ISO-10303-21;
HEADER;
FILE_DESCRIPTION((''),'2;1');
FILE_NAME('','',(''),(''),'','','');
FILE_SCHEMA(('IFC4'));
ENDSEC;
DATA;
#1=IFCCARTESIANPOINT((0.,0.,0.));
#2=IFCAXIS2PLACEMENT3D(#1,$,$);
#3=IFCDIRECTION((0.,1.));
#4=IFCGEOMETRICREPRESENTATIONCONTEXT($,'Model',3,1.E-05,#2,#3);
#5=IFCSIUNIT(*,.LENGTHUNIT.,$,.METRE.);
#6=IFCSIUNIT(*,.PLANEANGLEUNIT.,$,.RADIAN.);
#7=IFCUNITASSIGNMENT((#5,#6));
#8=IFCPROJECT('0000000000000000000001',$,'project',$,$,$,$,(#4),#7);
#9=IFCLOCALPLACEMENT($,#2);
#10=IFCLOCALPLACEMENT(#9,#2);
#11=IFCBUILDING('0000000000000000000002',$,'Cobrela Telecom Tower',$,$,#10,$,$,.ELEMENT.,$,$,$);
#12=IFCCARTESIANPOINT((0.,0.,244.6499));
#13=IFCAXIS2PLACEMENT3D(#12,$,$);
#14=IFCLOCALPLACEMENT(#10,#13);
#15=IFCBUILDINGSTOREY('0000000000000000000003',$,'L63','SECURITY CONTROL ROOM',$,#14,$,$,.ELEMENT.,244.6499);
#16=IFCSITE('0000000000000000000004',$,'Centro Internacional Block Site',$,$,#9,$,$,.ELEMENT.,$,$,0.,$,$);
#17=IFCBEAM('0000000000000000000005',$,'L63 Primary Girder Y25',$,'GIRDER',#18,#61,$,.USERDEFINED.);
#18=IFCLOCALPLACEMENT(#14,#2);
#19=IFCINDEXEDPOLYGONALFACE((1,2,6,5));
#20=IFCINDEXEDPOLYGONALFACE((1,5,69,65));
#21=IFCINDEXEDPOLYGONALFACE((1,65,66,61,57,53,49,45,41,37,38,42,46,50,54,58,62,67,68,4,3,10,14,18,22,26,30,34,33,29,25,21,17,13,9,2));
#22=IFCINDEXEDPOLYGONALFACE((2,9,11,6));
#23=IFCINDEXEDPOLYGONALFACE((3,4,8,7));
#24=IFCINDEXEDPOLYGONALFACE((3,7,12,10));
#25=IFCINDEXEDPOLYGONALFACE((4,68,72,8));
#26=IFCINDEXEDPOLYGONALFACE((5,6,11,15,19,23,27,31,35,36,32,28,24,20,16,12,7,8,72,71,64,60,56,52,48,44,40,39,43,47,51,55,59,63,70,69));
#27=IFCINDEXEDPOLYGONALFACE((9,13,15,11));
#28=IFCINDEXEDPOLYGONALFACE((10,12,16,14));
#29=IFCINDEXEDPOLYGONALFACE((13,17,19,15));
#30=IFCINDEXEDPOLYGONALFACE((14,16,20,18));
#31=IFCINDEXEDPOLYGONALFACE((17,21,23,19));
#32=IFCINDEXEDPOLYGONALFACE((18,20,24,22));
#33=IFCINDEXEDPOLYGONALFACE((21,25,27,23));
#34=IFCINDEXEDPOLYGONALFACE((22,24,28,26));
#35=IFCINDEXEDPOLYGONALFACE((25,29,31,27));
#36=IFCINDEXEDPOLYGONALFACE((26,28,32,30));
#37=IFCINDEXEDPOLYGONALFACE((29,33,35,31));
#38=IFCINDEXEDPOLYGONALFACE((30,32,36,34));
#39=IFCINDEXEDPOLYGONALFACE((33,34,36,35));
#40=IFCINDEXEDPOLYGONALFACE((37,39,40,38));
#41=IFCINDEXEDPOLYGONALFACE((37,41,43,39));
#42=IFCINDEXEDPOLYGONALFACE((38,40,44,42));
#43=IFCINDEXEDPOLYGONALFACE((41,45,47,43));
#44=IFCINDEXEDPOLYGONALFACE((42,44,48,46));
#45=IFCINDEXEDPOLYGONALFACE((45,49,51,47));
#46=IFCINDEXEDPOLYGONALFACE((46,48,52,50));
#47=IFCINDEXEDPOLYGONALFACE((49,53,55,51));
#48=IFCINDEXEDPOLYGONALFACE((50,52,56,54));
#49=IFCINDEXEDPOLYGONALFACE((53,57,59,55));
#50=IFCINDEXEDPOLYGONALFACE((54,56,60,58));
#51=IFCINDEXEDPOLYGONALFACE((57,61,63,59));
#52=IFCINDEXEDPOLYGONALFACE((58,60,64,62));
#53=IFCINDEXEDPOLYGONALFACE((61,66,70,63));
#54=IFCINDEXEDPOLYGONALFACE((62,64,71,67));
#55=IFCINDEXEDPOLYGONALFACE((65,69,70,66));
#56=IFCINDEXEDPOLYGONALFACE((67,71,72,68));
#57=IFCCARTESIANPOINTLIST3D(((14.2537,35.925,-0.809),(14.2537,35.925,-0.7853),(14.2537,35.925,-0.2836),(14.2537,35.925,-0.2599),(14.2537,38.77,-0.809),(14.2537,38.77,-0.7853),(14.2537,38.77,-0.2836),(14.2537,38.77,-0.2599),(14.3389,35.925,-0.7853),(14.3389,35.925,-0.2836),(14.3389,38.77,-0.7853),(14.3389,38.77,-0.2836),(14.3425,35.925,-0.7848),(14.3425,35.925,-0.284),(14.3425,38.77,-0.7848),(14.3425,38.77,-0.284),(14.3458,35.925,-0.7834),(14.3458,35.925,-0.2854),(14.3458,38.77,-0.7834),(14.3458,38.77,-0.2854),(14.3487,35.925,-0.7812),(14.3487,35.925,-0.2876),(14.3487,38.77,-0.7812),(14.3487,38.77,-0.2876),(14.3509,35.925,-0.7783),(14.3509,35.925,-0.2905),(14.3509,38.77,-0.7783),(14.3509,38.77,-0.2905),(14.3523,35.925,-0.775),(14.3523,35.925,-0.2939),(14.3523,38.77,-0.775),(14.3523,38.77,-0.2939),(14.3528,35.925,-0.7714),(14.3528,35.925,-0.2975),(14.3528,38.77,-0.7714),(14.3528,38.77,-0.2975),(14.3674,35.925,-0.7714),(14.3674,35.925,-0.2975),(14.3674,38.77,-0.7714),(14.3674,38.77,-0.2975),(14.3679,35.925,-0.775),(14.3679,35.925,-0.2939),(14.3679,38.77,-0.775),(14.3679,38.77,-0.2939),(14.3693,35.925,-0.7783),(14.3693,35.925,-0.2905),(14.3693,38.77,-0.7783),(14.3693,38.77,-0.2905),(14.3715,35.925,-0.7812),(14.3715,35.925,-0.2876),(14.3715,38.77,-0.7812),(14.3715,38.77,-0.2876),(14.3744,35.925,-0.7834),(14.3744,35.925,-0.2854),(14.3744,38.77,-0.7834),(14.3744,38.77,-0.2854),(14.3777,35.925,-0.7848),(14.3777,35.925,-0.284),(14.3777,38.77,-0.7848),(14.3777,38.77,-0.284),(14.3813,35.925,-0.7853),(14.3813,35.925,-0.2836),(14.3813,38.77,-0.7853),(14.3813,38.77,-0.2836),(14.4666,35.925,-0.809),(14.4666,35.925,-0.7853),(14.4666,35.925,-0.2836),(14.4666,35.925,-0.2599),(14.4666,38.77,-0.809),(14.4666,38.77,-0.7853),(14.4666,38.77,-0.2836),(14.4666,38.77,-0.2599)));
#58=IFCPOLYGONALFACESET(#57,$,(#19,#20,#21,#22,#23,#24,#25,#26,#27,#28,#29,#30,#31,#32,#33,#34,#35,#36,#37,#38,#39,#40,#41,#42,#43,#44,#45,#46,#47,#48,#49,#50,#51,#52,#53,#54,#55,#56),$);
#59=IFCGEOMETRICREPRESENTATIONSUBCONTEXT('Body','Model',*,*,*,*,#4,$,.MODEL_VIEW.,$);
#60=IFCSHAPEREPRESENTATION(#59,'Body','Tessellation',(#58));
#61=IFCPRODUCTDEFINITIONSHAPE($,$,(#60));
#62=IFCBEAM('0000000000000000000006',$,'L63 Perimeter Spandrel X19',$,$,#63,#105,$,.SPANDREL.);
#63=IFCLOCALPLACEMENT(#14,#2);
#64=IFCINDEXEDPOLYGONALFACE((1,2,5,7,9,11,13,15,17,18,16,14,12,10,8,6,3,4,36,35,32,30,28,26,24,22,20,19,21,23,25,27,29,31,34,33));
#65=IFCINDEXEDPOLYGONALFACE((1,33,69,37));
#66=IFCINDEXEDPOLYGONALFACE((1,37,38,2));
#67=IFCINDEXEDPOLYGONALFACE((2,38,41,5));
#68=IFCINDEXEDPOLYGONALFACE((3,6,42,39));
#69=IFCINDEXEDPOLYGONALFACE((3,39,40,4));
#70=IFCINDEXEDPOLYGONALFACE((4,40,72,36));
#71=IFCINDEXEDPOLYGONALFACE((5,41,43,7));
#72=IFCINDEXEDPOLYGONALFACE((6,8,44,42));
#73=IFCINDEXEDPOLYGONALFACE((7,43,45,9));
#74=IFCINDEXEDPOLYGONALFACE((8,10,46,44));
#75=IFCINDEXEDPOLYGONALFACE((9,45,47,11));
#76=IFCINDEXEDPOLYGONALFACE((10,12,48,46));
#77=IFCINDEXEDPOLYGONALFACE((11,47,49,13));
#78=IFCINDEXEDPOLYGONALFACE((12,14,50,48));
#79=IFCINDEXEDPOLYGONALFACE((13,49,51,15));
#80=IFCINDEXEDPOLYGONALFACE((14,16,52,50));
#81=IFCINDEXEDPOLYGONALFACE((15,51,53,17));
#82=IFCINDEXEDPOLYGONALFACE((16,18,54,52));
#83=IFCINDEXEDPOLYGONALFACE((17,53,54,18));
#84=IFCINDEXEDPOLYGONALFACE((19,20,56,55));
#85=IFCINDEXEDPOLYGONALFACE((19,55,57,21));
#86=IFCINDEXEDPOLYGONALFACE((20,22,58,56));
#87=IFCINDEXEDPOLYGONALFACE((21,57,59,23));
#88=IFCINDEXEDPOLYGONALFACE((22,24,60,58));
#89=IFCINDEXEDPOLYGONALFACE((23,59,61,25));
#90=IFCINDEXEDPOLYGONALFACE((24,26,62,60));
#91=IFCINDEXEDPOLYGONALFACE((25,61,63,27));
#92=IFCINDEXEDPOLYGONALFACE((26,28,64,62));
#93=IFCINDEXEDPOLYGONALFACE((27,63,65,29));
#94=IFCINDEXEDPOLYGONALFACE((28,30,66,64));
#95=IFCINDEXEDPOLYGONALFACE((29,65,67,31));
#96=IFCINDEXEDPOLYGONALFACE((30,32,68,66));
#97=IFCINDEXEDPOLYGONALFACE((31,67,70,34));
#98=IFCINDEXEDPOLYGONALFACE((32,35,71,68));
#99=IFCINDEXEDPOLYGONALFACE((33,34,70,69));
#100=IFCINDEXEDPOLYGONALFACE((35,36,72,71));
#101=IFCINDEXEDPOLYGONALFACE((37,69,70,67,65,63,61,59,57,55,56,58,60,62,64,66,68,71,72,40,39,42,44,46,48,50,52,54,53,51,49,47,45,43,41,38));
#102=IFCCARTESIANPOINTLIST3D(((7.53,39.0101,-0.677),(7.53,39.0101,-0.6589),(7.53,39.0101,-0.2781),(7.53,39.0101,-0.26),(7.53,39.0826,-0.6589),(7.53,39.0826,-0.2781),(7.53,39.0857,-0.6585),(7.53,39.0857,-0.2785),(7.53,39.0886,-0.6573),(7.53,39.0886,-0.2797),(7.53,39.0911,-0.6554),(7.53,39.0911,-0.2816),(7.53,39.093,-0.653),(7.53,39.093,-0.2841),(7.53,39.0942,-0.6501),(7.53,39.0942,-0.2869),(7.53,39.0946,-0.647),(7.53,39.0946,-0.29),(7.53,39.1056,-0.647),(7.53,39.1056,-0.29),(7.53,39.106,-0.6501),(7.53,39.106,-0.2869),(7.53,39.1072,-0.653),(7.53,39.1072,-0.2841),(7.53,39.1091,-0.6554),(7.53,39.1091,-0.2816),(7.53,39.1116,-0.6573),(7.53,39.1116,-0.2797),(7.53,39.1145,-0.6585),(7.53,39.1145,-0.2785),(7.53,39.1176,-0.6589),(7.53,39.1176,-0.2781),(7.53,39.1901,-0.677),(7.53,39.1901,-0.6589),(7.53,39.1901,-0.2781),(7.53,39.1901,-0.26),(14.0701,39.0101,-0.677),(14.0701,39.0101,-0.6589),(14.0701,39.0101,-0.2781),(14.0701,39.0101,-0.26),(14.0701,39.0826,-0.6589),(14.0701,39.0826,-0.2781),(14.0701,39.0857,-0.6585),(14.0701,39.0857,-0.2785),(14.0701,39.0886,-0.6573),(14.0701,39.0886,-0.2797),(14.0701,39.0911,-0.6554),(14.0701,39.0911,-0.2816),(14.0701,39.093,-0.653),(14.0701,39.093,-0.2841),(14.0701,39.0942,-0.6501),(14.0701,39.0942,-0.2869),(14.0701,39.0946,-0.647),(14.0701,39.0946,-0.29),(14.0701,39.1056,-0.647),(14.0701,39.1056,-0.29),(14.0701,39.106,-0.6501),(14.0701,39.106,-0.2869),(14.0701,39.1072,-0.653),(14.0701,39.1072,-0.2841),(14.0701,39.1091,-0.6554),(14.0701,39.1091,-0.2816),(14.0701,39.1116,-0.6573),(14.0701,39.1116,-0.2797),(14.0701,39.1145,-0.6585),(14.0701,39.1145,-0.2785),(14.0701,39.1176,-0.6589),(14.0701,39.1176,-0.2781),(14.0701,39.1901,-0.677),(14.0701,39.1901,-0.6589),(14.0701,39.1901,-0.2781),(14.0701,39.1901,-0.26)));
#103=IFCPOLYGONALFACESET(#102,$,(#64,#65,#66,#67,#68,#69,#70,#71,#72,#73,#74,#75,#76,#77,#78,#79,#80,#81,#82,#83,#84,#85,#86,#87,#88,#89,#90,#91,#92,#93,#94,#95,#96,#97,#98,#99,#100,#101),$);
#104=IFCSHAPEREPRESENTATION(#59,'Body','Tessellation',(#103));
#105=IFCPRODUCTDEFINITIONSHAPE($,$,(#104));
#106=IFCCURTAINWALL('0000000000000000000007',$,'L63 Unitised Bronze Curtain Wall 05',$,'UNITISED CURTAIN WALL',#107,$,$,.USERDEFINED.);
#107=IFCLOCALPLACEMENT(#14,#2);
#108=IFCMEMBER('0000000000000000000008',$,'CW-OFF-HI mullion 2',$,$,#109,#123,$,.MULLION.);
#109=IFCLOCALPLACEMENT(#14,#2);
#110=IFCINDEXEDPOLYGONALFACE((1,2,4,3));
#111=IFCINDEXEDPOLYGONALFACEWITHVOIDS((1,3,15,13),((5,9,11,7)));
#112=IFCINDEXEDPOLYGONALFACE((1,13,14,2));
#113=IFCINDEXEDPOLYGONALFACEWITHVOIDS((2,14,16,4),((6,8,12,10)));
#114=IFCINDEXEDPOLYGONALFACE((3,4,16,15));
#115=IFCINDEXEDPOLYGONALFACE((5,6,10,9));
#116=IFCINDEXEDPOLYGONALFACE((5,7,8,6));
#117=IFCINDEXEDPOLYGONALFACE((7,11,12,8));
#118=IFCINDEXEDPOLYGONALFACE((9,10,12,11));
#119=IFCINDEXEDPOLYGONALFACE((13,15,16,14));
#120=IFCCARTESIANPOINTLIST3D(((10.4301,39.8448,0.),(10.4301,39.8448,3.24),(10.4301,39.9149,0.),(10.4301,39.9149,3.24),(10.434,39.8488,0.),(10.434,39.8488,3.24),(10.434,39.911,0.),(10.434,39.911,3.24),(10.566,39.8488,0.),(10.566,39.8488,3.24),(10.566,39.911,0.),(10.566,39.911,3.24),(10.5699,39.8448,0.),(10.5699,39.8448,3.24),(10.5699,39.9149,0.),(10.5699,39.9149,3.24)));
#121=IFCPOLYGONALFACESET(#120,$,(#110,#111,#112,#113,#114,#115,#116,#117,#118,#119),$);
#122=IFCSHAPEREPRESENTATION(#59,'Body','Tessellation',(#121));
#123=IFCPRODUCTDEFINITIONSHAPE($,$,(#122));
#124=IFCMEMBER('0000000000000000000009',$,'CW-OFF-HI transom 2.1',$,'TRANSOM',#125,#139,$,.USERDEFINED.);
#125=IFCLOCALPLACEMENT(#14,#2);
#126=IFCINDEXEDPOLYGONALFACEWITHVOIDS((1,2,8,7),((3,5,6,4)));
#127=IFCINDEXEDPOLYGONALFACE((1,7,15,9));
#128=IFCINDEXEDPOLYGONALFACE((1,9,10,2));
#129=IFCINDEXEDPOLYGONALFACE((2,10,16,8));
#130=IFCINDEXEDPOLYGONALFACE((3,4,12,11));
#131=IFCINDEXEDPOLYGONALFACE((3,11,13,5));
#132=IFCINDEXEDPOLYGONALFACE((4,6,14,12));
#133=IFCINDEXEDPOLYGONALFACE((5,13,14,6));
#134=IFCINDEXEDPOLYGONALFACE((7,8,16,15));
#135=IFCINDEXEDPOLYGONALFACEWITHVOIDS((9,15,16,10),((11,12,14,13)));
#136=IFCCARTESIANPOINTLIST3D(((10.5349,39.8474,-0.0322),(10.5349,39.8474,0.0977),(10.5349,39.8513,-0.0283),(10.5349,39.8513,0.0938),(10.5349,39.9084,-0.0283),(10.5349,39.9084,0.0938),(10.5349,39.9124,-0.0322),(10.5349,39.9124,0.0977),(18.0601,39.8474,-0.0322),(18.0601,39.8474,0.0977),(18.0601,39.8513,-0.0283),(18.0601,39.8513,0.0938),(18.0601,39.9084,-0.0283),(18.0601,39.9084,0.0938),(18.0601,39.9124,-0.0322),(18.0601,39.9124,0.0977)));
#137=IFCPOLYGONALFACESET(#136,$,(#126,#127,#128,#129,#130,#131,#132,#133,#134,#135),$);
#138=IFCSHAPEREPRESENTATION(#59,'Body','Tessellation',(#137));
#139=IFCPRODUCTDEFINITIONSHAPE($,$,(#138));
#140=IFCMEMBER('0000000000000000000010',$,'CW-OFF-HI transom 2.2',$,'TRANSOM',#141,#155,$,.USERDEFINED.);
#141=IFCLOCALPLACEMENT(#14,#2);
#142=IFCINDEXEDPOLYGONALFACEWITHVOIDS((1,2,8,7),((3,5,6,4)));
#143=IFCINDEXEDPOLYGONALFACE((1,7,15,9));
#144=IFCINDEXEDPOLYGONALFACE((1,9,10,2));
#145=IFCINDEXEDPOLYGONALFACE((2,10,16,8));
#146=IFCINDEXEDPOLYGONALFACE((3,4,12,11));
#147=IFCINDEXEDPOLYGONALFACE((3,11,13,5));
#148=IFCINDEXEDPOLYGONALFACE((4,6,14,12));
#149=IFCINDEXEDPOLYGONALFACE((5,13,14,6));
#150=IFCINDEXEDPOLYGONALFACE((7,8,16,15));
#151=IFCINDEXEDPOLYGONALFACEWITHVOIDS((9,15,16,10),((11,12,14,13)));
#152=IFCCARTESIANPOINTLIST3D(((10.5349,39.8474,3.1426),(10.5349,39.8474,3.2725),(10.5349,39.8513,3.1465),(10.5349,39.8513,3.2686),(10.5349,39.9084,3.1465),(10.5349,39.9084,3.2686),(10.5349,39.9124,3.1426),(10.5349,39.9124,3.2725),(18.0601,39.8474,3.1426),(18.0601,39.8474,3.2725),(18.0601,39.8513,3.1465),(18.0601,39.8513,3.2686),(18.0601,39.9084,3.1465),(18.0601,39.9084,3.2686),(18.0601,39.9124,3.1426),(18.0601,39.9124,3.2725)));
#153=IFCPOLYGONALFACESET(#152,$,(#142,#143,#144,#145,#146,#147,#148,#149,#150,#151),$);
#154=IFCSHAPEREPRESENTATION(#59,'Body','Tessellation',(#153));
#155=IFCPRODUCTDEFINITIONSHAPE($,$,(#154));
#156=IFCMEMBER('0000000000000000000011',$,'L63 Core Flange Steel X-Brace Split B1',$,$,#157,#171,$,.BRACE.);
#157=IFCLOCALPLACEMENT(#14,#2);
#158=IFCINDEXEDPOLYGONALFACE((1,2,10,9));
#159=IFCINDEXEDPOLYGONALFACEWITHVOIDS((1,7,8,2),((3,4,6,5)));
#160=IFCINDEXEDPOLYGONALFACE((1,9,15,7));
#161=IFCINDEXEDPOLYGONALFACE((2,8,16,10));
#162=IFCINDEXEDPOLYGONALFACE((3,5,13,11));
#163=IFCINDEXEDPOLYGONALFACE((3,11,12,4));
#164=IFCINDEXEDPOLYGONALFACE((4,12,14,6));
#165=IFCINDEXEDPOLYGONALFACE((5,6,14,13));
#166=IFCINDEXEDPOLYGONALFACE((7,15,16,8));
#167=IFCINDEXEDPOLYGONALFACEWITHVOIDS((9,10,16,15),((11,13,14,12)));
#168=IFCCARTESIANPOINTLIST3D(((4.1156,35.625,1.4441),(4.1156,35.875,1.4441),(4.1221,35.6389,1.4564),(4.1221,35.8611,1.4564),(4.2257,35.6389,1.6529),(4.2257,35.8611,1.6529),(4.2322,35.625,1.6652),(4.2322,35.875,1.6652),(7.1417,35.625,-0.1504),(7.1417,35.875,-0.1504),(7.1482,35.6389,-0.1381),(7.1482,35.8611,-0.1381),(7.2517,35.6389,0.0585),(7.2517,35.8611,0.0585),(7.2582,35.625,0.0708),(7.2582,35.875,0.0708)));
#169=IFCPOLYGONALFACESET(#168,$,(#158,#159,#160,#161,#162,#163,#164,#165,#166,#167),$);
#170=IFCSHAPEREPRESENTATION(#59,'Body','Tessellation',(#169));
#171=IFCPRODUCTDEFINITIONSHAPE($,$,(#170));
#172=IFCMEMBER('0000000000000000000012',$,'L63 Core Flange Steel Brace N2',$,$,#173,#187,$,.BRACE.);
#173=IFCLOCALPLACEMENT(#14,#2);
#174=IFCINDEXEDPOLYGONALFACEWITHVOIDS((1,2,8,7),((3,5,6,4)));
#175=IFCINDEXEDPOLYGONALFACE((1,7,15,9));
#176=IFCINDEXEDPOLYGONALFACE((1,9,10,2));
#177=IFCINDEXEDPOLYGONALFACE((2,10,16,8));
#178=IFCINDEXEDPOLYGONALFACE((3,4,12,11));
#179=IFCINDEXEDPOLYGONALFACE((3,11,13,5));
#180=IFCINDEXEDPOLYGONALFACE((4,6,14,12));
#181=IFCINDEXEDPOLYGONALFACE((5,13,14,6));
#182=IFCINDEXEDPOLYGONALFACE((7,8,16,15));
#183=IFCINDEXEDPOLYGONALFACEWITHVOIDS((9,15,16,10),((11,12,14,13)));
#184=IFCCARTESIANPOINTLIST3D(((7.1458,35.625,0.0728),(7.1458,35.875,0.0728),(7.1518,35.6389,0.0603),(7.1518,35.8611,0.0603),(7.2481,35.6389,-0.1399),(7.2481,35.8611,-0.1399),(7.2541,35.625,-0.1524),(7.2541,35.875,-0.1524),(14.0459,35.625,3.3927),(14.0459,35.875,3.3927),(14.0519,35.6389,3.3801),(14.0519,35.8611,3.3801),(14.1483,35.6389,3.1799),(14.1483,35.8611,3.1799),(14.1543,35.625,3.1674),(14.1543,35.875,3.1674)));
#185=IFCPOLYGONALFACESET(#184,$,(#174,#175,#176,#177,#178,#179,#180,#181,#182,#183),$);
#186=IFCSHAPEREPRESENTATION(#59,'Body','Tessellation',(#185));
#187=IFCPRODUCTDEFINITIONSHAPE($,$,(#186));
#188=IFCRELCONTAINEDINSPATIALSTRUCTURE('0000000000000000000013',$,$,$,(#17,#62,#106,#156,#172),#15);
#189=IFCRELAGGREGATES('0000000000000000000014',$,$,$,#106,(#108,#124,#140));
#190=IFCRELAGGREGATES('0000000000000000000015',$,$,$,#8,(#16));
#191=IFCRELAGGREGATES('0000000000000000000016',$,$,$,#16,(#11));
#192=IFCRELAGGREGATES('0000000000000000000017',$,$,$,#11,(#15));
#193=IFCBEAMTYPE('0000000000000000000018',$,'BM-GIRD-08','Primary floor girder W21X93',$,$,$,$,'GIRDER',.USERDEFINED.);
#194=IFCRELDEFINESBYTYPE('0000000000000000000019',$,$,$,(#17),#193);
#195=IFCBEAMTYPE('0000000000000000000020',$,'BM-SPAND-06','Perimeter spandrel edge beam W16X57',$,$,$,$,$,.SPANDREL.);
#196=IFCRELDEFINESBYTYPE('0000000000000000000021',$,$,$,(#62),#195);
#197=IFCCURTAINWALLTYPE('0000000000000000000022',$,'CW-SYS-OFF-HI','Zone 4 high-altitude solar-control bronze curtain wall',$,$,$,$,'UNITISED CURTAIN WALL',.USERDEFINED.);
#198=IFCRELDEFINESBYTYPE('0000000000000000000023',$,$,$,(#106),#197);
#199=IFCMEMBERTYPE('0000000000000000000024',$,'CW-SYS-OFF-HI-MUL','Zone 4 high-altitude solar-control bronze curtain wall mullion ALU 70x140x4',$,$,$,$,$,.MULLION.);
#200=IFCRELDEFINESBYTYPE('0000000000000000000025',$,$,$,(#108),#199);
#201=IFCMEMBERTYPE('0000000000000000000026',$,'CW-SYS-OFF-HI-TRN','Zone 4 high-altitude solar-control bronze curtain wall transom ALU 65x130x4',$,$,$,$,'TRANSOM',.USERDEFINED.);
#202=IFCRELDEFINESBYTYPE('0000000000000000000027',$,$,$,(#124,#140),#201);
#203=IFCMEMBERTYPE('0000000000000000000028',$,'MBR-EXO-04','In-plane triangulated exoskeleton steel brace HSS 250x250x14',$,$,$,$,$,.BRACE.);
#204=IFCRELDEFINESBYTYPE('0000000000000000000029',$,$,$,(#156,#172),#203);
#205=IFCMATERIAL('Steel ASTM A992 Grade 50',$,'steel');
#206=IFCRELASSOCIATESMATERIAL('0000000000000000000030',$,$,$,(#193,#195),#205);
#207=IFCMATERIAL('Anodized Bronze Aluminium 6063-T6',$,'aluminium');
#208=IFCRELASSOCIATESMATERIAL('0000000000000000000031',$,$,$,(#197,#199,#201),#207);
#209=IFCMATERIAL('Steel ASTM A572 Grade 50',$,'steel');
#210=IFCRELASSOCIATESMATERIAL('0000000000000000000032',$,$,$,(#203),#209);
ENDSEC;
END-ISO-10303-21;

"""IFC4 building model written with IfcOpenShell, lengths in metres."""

from ifc_helpers import new_model, si_unit, direction, frame, origin, origin_2d, place, context, subcontext, project, spatial, hollow_rectangle, i_section, extrude, material, material_profile, profile_set, type_object, element, aggregate, save


model = new_model("IFC4")

# Units and contexts
model_context = context("Model", 3, precision=1e-05, world=origin(), true_north=direction((0.0, 1.0)))
body_context = subcontext(model_context, "Body", "Model", "MODEL_VIEW")
ifc_project = project(units=[si_unit("LENGTHUNIT", "METRE"), si_unit("PLANEANGLEUNIT", "RADIAN")], contexts=[model_context])

# Site, building, storey
site_placement = place(None, origin())
site = spatial("IfcSite", under=ifc_project, at=site_placement, Name="Centro Internacional Block Site", CompositionType="ELEMENT", RefElevation=0.0)
building_placement = place(site_placement, origin())
building = spatial("IfcBuilding", under=site, at=building_placement, Name="Cobrela Telecom Tower", CompositionType="ELEMENT")
storey_placement = place(building_placement, frame((0.0, 0.0, 244.6499)))
storey = spatial("IfcBuildingStorey", under=building, at=storey_placement, Name="L63", Description="SECURITY CONTROL ROOM", CompositionType="ELEMENT", Elevation=244.6499)

# Shared definitions
ifc_material_1 = material(Name="Steel ASTM A572 Grade 50", Category="steel")

# Beams
ifc_material_2 = material(Name="Steel ASTM A992 Grade 50", Category="steel")
ifc_material_profile_1 = material_profile(ifc_material_2, i_section(OverallWidth=0.2129, OverallDepth=0.5491, WebThickness=0.0146, FlangeThickness=0.0237, FilletRadius=0.0139, at=origin_2d()), Name="W21X93")
ifc_profile_set_1 = profile_set([ifc_material_profile_1], Name="Steel ASTM A992 Grade 50")
beam_type_1 = type_object("IfcBeamType", Name="BM-GIRD-08", Description="Primary floor girder W21X93", ElementType="GIRDER", PredefinedType="USERDEFINED", material=ifc_profile_set_1)
for number, where, z_axis, x_axis, name in (
    (1, (14.3601, 35.925, -0.5344), (0.0, 1.0, 0.0), (-1.0, 0.0, 0.0), "L63 Primary Girder Y25"),
):
    element("IfcBeam", number, at=place(storey_placement, frame(where, z_axis=z_axis, x_axis=x_axis)), inside=storey, type_object=beam_type_1, Name=name, ObjectType="GIRDER", PredefinedType="USERDEFINED", context=body_context, shape_type="SweptSolid", body=[
        extrude(i_section(OverallWidth=0.2129, OverallDepth=0.5491, WebThickness=0.0146, FlangeThickness=0.0237, FilletRadius=0.0139, at=origin_2d()), origin(), (0.0, 0.0, 1.0), 2.845),
    ])
ifc_material_profile_2 = material_profile(ifc_material_2, i_section(OverallWidth=0.1799, OverallDepth=0.417, WebThickness=0.011, FlangeThickness=0.0181, FilletRadius=0.012, at=origin_2d()), Name="W16X57")
ifc_profile_set_2 = profile_set([ifc_material_profile_2], Name="Steel ASTM A992 Grade 50")
beam_type_2 = type_object("IfcBeamType", Name="BM-SPAND-06", Description="Perimeter spandrel edge beam W16X57", PredefinedType="SPANDREL", material=ifc_profile_set_2)
beam_1_placement = place(storey_placement, frame((7.53, 39.1001, -0.4685), z_axis=(1.0, 0.0, 0.0), x_axis=(0.0, 1.0, 0.0)))
element("IfcBeam", 2, at=beam_1_placement, inside=storey, type_object=beam_type_2, Name="L63 Perimeter Spandrel X19", PredefinedType="SPANDREL", context=body_context, shape_type="SweptSolid", body=[
    extrude(i_section(OverallWidth=0.1799, OverallDepth=0.417, WebThickness=0.011, FlangeThickness=0.0181, FilletRadius=0.012, at=origin_2d()), origin(), (0.0, 0.0, 1.0), 6.54),
])

# Curtain wall, members
ifc_material_3 = material(Name="Anodized Bronze Aluminium 6063-T6", Category="aluminium")
curtain_wall_type = type_object("IfcCurtainWallType", Name="CW-SYS-OFF-HI", Description="Zone 4 high-altitude solar-control bronze curtain wall", ElementType="UNITISED CURTAIN WALL", PredefinedType="USERDEFINED", material=ifc_material_3)
curtain_wall_placement = place(storey_placement, origin())
curtain_wall = element("IfcCurtainWall", 3, at=curtain_wall_placement, inside=storey, type_object=curtain_wall_type, Name="L63 Unitised Bronze Curtain Wall 05", ObjectType="UNITISED CURTAIN WALL", PredefinedType="USERDEFINED")
ifc_material_profile_3 = material_profile(ifc_material_3, hollow_rectangle(XDim=0.0701, YDim=0.1399, WallThickness=0.0039, at=origin_2d()), Name="ALU 70x140x4")
ifc_profile_set_3 = profile_set([ifc_material_profile_3], Name="Anodized Bronze Aluminium 6063-T6")
member_type_1 = type_object("IfcMemberType", Name="CW-SYS-OFF-HI-MUL", Description="Zone 4 high-altitude solar-control bronze curtain wall mullion ALU 70x140x4", PredefinedType="MULLION", material=ifc_profile_set_3)
member_1_placement = place(storey_placement, frame((10.5, 39.8799, 0.0), z_axis=(0.0, 0.0, 1.0), x_axis=(0.0, 1.0, 0.0)))
member_1 = element("IfcMember", 4, at=member_1_placement, type_object=member_type_1, Name="CW-OFF-HI mullion 2", PredefinedType="MULLION", context=body_context, shape_type="SweptSolid", body=[
    extrude(hollow_rectangle(XDim=0.0701, YDim=0.1399, WallThickness=0.0039, at=origin_2d()), origin(), (0.0, 0.0, 1.0), 3.24),
])
ifc_material_profile_4 = material_profile(ifc_material_3, hollow_rectangle(XDim=0.0649, YDim=0.1299, WallThickness=0.0039, at=origin_2d()), Name="ALU 65x130x4")
ifc_profile_set_4 = profile_set([ifc_material_profile_4], Name="Anodized Bronze Aluminium 6063-T6")
member_type_2 = type_object("IfcMemberType", Name="CW-SYS-OFF-HI-TRN", Description="Zone 4 high-altitude solar-control bronze curtain wall transom ALU 65x130x4", ElementType="TRANSOM", PredefinedType="USERDEFINED", material=ifc_profile_set_4)
member_2_placement = place(storey_placement, frame((10.5349, 39.8799, 0.0327), z_axis=(1.0, 0.0, 0.0), x_axis=(0.0, 1.0, 0.0)))
member_2 = element("IfcMember", 5, at=member_2_placement, type_object=member_type_2, Name="CW-OFF-HI transom 2.1", ObjectType="TRANSOM", PredefinedType="USERDEFINED", context=body_context, shape_type="SweptSolid", body=[
    extrude(hollow_rectangle(XDim=0.0649, YDim=0.1299, WallThickness=0.0039, at=origin_2d()), origin(), (0.0, 0.0, 1.0), 7.5251),
])
member_3_placement = place(storey_placement, frame((10.5349, 39.8799, 3.2075), z_axis=(1.0, 0.0, 0.0), x_axis=(0.0, 1.0, 0.0)))
member_3 = element("IfcMember", 6, at=member_3_placement, type_object=member_type_2, Name="CW-OFF-HI transom 2.2", ObjectType="TRANSOM", PredefinedType="USERDEFINED", context=body_context, shape_type="SweptSolid", body=[
    extrude(hollow_rectangle(XDim=0.0649, YDim=0.1299, WallThickness=0.0039, at=origin_2d()), origin(), (0.0, 0.0, 1.0), 7.5251),
])

# Members
ifc_material_profile_5 = material_profile(ifc_material_1, hollow_rectangle(XDim=0.25, YDim=0.25, WallThickness=0.0139, at=origin_2d()), Name="HSS 250x250x14")
ifc_profile_set_5 = profile_set([ifc_material_profile_5], Name="Steel ASTM A572 Grade 50")
member_type_3 = type_object("IfcMemberType", Name="MBR-EXO-04", Description="In-plane triangulated exoskeleton steel brace HSS 250x250x14", PredefinedType="BRACE", material=ifc_profile_set_5)
member_4_placement = place(storey_placement, frame((7.2, 35.75, -0.0398), z_axis=(-0.884703, 0.0, 0.466155), x_axis=(0.0, -1.0, 0.0)))
element("IfcMember", 7, at=member_4_placement, inside=storey, type_object=member_type_3, Name="L63 Core Flange Steel X-Brace Split B1", PredefinedType="BRACE", context=body_context, shape_type="SweptSolid", body=[
    extrude(hollow_rectangle(XDim=0.25, YDim=0.25, WallThickness=0.0139, at=origin_2d()), origin(), (0.0, 0.0, 1.0), 3.4204),
])
member_5_placement = place(storey_placement, frame((7.2, 35.75, -0.0398), z_axis=(0.901128, 0.0, 0.433554), x_axis=(0.0, 1.0, 0.0)))
element("IfcMember", 8, at=member_5_placement, inside=storey, type_object=member_type_3, Name="L63 Core Flange Steel Brace N2", PredefinedType="BRACE", context=body_context, shape_type="SweptSolid", body=[
    extrude(hollow_rectangle(XDim=0.25, YDim=0.25, WallThickness=0.0139, at=origin_2d()), origin(), (0.0, 0.0, 1.0), 7.6572),
])

aggregate(curtain_wall, [member_1, member_2, member_3])

save(model, "model.ifc")
